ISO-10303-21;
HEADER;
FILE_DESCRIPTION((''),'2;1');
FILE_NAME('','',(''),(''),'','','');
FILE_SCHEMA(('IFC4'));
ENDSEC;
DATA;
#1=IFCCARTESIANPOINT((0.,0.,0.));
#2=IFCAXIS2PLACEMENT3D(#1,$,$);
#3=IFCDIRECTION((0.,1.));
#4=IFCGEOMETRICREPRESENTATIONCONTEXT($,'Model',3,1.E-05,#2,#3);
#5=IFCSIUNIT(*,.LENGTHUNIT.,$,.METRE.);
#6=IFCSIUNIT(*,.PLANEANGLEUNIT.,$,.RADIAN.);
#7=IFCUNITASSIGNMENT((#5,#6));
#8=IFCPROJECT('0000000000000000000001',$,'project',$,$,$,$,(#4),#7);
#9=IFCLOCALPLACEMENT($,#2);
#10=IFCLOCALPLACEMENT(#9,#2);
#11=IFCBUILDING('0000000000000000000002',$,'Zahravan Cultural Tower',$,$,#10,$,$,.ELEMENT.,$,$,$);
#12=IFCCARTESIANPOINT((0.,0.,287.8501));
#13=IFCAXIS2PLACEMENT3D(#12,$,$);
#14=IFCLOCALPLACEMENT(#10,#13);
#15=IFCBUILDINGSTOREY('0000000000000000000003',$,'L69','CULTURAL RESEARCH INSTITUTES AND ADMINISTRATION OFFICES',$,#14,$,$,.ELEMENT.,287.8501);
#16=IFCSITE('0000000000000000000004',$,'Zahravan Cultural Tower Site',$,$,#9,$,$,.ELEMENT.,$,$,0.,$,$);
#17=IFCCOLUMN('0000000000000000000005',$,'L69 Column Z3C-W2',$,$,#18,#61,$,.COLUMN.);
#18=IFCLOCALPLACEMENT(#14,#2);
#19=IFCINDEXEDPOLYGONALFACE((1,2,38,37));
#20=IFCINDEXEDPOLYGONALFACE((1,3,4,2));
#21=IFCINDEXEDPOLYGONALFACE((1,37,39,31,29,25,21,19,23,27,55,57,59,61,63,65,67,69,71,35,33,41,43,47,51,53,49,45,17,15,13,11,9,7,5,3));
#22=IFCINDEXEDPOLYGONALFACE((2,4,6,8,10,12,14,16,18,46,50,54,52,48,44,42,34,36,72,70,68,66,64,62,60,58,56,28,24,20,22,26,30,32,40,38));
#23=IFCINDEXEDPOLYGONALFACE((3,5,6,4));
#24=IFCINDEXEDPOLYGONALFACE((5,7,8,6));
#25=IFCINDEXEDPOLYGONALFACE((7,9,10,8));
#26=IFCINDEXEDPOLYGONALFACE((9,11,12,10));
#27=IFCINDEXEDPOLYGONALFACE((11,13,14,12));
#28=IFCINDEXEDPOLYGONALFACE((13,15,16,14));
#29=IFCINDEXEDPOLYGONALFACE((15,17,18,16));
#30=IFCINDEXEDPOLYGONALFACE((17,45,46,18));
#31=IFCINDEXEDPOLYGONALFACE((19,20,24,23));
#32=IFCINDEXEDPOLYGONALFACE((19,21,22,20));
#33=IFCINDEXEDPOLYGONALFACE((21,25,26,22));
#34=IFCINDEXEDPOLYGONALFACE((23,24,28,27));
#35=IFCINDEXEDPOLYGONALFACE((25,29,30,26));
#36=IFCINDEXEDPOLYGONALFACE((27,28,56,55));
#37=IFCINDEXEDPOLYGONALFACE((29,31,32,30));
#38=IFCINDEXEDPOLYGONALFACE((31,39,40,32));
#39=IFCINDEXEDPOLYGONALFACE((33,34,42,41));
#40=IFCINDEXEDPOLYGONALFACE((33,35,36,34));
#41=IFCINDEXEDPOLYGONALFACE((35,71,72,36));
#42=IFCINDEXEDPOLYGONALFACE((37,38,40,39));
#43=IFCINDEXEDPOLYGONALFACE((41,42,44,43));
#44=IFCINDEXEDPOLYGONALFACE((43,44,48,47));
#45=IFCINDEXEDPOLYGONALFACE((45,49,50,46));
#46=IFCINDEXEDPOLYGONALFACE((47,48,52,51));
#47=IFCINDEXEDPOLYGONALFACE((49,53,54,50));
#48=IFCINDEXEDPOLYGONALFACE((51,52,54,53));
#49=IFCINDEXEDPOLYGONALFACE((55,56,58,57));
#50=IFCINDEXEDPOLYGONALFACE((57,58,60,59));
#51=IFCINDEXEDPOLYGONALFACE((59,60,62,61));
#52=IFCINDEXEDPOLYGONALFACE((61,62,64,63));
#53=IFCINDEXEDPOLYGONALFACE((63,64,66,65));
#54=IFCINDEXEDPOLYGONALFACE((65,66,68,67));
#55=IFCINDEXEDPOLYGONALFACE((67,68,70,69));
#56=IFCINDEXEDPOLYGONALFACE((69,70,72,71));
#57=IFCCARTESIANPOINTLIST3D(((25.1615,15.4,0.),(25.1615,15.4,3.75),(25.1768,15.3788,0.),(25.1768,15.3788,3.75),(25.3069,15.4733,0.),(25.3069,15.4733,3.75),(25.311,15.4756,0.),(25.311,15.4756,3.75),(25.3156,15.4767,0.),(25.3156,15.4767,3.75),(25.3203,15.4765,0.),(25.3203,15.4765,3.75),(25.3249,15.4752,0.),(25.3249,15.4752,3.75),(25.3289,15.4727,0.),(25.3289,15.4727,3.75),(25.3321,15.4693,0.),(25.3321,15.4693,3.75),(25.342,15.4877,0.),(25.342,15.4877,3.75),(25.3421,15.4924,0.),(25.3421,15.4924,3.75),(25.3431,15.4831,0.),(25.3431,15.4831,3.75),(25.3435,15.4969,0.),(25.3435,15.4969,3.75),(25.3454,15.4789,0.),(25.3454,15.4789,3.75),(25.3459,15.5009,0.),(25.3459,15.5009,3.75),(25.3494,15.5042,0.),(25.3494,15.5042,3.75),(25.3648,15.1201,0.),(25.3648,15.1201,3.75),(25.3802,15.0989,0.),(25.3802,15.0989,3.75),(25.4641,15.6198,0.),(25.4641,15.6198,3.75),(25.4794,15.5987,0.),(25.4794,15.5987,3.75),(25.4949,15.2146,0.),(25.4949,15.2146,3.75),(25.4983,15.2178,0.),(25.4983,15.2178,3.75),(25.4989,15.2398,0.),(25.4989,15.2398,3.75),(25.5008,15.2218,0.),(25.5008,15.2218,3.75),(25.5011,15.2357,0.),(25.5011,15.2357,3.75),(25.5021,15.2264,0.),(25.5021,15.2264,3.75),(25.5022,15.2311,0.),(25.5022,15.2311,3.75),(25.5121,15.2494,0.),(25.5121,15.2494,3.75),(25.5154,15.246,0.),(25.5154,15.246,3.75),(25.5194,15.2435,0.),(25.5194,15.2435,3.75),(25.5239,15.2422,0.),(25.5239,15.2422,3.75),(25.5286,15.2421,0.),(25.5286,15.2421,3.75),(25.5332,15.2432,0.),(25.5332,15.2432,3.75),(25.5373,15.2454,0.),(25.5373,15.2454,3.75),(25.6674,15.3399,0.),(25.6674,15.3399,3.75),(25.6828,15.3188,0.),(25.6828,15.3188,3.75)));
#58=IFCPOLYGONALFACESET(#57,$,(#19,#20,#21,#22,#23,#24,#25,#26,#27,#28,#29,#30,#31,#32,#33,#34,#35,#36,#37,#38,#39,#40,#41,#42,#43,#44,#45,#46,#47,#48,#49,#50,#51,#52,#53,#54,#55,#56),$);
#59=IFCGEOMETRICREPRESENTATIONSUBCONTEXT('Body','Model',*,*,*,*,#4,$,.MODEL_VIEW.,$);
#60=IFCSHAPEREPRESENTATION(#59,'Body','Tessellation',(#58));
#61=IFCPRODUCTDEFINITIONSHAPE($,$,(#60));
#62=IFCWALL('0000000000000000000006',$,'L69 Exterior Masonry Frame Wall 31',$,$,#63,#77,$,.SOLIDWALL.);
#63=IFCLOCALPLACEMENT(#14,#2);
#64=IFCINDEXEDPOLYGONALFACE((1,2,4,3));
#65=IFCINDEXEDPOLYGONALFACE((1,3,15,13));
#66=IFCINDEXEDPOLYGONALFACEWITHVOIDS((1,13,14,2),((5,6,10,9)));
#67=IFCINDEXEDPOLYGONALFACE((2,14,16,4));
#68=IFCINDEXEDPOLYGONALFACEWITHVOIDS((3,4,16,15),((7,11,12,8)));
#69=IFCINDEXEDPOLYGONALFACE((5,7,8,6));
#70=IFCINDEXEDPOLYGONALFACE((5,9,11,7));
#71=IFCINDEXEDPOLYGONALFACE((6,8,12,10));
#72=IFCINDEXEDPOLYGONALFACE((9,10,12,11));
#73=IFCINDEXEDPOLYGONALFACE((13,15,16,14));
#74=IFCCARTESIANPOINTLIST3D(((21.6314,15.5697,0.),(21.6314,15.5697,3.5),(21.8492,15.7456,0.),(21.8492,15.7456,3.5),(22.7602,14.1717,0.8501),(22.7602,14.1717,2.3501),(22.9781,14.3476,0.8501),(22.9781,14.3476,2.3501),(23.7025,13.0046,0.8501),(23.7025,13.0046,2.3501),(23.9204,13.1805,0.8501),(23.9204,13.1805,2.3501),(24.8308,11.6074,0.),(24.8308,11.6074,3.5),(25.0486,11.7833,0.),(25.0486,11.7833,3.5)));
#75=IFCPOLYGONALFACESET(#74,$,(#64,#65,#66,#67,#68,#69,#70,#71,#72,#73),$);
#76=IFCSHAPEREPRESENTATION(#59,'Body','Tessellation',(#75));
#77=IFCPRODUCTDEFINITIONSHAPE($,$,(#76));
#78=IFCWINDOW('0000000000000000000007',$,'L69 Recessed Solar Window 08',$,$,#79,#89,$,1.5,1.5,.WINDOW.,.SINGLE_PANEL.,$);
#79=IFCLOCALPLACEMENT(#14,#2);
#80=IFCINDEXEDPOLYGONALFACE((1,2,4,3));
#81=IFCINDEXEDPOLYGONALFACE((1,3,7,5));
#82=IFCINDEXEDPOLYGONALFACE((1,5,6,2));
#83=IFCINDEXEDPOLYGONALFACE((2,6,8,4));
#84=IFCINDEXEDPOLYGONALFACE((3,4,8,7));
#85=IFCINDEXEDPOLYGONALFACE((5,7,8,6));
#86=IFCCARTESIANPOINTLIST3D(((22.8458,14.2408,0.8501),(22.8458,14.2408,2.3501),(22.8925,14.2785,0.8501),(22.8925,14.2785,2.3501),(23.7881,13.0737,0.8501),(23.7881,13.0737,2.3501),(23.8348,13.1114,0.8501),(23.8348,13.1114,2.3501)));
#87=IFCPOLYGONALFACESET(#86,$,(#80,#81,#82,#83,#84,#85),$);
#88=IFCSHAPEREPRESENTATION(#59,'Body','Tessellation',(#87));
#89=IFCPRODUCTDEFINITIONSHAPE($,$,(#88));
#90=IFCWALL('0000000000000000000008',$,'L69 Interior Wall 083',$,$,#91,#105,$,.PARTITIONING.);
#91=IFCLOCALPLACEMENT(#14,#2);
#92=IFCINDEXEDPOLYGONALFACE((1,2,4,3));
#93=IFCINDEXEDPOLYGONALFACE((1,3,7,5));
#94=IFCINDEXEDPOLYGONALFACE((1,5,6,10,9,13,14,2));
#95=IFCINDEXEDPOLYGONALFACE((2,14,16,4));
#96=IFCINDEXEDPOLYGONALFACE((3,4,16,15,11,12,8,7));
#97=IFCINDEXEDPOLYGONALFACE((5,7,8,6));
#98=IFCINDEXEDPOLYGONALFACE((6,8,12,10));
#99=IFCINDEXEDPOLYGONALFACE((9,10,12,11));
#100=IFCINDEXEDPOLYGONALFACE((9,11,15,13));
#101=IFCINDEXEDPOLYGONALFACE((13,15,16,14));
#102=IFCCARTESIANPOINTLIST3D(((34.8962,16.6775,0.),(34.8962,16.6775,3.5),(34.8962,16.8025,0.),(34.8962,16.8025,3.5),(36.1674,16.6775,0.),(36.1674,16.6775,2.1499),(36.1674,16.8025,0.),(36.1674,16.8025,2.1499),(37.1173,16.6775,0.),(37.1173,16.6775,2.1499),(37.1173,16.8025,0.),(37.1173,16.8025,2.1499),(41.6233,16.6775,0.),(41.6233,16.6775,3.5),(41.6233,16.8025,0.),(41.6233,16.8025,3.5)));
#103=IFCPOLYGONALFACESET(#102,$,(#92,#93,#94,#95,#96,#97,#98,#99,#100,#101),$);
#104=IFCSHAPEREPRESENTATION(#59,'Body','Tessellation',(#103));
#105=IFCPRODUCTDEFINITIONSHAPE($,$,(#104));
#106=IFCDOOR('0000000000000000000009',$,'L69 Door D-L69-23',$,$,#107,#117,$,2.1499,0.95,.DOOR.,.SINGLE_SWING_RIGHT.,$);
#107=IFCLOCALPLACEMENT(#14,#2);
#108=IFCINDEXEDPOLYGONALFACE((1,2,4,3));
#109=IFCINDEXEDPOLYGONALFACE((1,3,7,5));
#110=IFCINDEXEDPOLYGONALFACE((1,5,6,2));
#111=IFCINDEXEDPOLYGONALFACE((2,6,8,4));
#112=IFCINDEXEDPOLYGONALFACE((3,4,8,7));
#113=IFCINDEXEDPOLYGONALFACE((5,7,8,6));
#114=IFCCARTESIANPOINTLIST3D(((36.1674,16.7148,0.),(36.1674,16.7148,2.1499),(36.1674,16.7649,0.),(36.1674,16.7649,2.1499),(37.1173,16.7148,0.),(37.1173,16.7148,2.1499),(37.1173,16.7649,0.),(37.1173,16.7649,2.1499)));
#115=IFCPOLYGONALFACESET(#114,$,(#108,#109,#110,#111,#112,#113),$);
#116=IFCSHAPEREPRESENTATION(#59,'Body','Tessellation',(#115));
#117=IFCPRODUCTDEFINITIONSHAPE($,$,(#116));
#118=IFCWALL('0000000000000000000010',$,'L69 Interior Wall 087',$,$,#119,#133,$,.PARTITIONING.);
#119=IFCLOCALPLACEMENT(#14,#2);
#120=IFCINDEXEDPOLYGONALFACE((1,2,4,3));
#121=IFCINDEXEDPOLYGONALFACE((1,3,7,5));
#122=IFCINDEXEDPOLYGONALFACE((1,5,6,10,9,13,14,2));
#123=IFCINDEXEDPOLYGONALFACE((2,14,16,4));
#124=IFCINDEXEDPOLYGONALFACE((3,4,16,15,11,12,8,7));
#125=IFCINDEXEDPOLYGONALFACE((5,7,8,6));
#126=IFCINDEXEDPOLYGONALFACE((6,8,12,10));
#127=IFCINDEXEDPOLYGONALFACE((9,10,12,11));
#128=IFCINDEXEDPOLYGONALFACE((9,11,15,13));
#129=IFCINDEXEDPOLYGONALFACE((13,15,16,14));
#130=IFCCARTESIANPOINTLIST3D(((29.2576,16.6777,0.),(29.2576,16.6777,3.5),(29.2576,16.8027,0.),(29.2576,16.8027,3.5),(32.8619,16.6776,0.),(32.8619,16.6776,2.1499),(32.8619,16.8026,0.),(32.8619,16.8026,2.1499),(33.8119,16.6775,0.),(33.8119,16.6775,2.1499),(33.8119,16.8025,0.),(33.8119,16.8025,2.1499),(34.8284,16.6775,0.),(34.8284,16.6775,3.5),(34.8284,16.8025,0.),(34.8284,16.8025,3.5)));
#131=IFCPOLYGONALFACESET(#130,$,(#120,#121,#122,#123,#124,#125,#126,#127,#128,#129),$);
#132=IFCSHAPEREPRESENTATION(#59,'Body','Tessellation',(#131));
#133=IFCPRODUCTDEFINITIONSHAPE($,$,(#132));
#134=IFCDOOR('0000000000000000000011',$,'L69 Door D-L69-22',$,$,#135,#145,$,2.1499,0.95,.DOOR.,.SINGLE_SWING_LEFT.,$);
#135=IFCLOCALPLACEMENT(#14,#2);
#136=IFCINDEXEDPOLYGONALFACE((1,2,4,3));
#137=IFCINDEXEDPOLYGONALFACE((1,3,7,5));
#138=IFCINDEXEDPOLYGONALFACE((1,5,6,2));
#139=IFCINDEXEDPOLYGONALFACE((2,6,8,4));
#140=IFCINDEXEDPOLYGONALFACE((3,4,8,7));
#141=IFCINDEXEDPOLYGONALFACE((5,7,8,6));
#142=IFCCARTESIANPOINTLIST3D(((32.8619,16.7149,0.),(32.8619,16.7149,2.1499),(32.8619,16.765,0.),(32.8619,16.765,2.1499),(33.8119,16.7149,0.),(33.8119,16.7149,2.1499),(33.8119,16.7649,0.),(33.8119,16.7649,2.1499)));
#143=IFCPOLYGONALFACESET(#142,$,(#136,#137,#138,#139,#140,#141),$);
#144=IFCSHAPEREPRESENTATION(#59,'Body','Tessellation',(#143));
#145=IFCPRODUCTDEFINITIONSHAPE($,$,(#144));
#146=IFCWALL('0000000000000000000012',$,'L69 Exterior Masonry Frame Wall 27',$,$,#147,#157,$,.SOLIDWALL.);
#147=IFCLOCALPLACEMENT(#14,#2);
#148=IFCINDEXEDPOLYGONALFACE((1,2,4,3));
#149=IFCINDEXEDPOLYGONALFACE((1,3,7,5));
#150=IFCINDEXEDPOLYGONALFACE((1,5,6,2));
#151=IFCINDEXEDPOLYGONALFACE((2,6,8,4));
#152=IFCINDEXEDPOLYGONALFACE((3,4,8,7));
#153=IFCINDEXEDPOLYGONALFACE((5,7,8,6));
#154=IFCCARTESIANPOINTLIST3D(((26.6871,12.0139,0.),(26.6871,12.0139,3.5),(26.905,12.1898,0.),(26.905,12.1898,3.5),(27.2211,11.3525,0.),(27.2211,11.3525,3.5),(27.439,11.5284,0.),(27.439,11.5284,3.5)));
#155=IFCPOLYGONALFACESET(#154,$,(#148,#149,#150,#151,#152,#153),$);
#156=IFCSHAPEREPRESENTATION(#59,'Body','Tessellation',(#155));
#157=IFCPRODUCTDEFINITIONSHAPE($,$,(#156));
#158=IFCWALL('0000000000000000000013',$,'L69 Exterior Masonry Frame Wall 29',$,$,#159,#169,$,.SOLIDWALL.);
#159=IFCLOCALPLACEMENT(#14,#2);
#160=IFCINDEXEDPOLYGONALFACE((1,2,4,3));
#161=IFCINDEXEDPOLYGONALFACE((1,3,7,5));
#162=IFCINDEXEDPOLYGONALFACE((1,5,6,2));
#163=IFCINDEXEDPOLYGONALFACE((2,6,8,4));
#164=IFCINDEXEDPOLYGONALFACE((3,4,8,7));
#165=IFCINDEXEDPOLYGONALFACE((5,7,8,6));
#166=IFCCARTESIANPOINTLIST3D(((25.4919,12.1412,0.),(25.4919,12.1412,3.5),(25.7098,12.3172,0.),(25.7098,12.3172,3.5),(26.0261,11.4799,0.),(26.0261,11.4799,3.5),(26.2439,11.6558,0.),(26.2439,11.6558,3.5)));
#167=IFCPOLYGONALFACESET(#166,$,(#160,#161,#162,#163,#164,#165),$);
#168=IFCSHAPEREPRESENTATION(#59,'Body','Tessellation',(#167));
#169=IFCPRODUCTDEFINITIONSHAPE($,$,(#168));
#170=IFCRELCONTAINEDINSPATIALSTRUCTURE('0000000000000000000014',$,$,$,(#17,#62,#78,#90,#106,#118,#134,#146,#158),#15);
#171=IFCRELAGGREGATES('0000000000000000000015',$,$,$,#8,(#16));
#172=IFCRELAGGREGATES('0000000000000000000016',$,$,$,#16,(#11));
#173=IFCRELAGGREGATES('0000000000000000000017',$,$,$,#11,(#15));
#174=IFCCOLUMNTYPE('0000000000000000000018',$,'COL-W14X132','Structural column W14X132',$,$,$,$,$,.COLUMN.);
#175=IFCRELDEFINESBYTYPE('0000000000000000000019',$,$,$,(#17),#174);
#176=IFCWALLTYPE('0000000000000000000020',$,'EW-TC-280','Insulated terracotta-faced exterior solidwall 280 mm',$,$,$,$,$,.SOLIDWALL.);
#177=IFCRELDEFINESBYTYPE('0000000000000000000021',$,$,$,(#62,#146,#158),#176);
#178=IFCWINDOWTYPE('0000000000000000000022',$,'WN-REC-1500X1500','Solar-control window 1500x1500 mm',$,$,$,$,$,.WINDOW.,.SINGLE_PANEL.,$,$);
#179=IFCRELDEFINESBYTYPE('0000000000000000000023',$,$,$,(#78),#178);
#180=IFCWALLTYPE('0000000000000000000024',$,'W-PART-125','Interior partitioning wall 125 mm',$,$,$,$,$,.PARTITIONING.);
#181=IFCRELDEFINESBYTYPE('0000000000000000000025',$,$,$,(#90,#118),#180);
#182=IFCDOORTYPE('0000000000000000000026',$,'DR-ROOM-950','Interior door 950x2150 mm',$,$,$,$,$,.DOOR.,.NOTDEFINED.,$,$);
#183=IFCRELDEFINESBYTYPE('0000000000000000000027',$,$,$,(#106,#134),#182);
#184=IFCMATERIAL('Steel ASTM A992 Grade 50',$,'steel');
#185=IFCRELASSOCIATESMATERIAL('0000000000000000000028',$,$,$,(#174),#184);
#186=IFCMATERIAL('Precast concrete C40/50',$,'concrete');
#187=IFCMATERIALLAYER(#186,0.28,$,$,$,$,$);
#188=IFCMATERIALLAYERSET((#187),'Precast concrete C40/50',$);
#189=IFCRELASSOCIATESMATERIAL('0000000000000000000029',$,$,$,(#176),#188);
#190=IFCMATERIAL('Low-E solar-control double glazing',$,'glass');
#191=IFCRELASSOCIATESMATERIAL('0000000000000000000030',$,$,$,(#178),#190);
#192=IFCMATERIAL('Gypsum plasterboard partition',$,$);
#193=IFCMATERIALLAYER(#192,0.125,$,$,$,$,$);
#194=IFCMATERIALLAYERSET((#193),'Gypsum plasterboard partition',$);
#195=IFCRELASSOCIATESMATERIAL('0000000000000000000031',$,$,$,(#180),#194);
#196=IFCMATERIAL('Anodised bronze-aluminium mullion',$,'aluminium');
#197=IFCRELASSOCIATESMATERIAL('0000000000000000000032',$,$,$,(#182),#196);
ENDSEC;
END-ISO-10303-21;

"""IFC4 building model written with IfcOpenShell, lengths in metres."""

from ifc_helpers import new_model, si_unit, direction, frame, frame_2d, origin, origin_2d, place, context, subcontext, project, spatial, rectangle, i_section, extrude, source, transform, mapped, material, layer, layer_set, material_profile, profile_set, type_object, element, fill, save


model = new_model("IFC4")

# Units and contexts
model_context = context("Model", 3, precision=1e-05, world=origin(), true_north=direction((0.0, 1.0)))
body_context = subcontext(model_context, "Body", "Model", "MODEL_VIEW")
ifc_project = project(units=[si_unit("LENGTHUNIT", "METRE"), si_unit("PLANEANGLEUNIT", "RADIAN")], contexts=[model_context])

# Site, building, storey
site_placement = place(None, origin())
site = spatial("IfcSite", under=ifc_project, at=site_placement, Name="Zahravan Cultural Tower Site", CompositionType="ELEMENT", RefElevation=0.0)
building_placement = place(site_placement, origin())
building = spatial("IfcBuilding", under=site, at=building_placement, Name="Zahravan Cultural Tower", CompositionType="ELEMENT")
storey_placement = place(building_placement, frame((0.0, 0.0, 287.8501)))
storey = spatial("IfcBuildingStorey", under=building, at=storey_placement, Name="L69", Description="CULTURAL RESEARCH INSTITUTES AND ADMINISTRATION OFFICES", CompositionType="ELEMENT", Elevation=287.8501)

# Column
ifc_material_1 = material(Name="Steel ASTM A992 Grade 50", Category="steel")
ifc_material_profile = material_profile(ifc_material_1, i_section(OverallWidth=0.374, OverallDepth=0.3721, WebThickness=0.0164, FlangeThickness=0.0261, FilletRadius=0.0181, at=origin_2d()), Name="W14X132")
ifc_profile_set = profile_set([ifc_material_profile], Name="Steel ASTM A992 Grade 50")
column_type = type_object("IfcColumnType", Name="COL-W14X132", Description="Structural column W14X132", PredefinedType="COLUMN", material=ifc_profile_set)
shared_shape_1 = source(origin(), body_context, "Body", "SweptSolid", [
    extrude(i_section(OverallWidth=0.374, OverallDepth=0.3721, WebThickness=0.0164, FlangeThickness=0.0261, FilletRadius=0.0181, at=origin_2d()), origin(), (0.0, 0.0, 1.0), 3.75),
])
column_placement = place(storey_placement, frame((25.4221, 15.3594, 0.0), z_axis=(0.0, 0.0, 1.0), x_axis=(0.809017, 0.587785, 0.0)))
element("IfcColumn", 1, at=column_placement, inside=storey, type_object=column_type, Name="L69 Column Z3C-W2", PredefinedType="COLUMN", context=body_context, shape_type="MappedRepresentation", body=[
    mapped(shared_shape_1, transform((0.0, 0.0, 0.0), x_axis=(1.0, 0.0, 0.0), y_axis=(0.0, 1.0, 0.0), z_axis=(0.0, 0.0, 1.0), scale=1.0)),
])

# Shared definitions
ifc_material_2 = material(Name="Precast concrete C40/50", Category="concrete")
ifc_layer_1 = layer(ifc_material_2, 0.28)
ifc_layer_set_1 = layer_set([ifc_layer_1], Name="Precast concrete C40/50")
wall_type_1 = type_object("IfcWallType", Name="EW-TC-280", Description="Insulated terracotta-faced exterior solidwall 280 mm", PredefinedType="SOLIDWALL", material=ifc_layer_set_1)
ifc_material_3 = material(Name="Anodised bronze-aluminium mullion", Category="aluminium")

# Wall, opening, window
wall_1_placement = place(storey_placement, frame((24.9397, 11.6953, 0.0), z_axis=(0.0, 0.0, 1.0), x_axis=(-0.628226, 0.778031, 0.0)))
wall_1 = element("IfcWall", 2, at=wall_1_placement, inside=storey, type_object=wall_type_1, Name="L69 Exterior Masonry Frame Wall 31", PredefinedType="SOLIDWALL", context=body_context, shape_type="SweptSolid", body=[
    extrude(rectangle(XDim=5.0928, YDim=0.28, at=frame_2d((2.5464, 0.0))), origin(), (0.0, 0.0, 1.0), 3.5),
])
opening_1_placement = place(wall_1_placement, frame((1.7959, 0.0, 0.8501)))
opening_1 = element("IfcOpeningElement", 3, at=opening_1_placement, cuts=wall_1, PredefinedType="OPENING", context=body_context, shape_type="SweptSolid", body=[
    extrude(rectangle(XDim=1.5, YDim=1.5, at=frame_2d((0.75, 0.75))), frame((0.0, 0.1499, 0.0), z_axis=(0.0, -1.0, 0.0), x_axis=(1.0, 0.0, 0.0)), (0.0, 0.0, 1.0), 0.3),
])
ifc_material_4 = material(Name="Low-E solar-control double glazing", Category="glass")
window_type = type_object("IfcWindowType", Name="WN-REC-1500X1500", Description="Solar-control window 1500x1500 mm", PartitioningType="SINGLE_PANEL", PredefinedType="WINDOW", material=ifc_material_4)
shared_shape_2 = source(origin(), body_context, "Body", "SweptSolid", [
    extrude(rectangle(XDim=1.5, YDim=1.5, at=frame_2d((0.75, 0.75))), frame((0.0, 0.03, 0.0), z_axis=(0.0, -1.0, 0.0), x_axis=(1.0, 0.0, 0.0)), (0.0, 0.0, 1.0), 0.0601),
])
window_placement = place(opening_1_placement, origin())
window = element("IfcWindow", 4, at=window_placement, inside=storey, type_object=window_type, Name="L69 Recessed Solar Window 08", OverallHeight=1.5, OverallWidth=1.5, PartitioningType="SINGLE_PANEL", PredefinedType="WINDOW", context=body_context, shape_type="MappedRepresentation", body=[
    mapped(shared_shape_2, transform((0.0, 0.0, 0.0), x_axis=(1.0, 0.0, 0.0), y_axis=(0.0, 1.0, 0.0), z_axis=(0.0, 0.0, 1.0), scale=1.0)),
])
fill(opening_1, window)

# Walls, openings, doors
ifc_material_5 = material(Name="Gypsum plasterboard partition")
ifc_layer_2 = layer(ifc_material_5, 0.125)
ifc_layer_set_2 = layer_set([ifc_layer_2], Name="Gypsum plasterboard partition")
wall_type_2 = type_object("IfcWallType", Name="W-PART-125", Description="Interior partitioning wall 125 mm", PredefinedType="PARTITIONING", material=ifc_layer_set_2)
wall_2_placement = place(storey_placement, frame((34.8962, 16.74, 0.0), z_axis=(0.0, 0.0, 1.0), x_axis=(1.0, 0.0, 0.0)))
wall_2 = element("IfcWall", 5, at=wall_2_placement, inside=storey, type_object=wall_type_2, Name="L69 Interior Wall 083", PredefinedType="PARTITIONING", context=body_context, shape_type="SweptSolid", body=[
    extrude(rectangle(XDim=6.7271, YDim=0.125, at=frame_2d((3.3635, 0.0))), origin(), (0.0, 0.0, 1.0), 3.5),
])
opening_2_placement = place(wall_2_placement, frame((1.271, 0.0, 0.0)))
opening_2 = element("IfcOpeningElement", 6, at=opening_2_placement, cuts=wall_2, PredefinedType="OPENING", context=body_context, shape_type="SweptSolid", body=[
    extrude(rectangle(XDim=0.95, YDim=2.1499, at=frame_2d((0.4751, 1.075))), frame((0.0, 0.0725, 0.0), z_axis=(0.0, -1.0, 0.0), x_axis=(1.0, 0.0, 0.0)), (0.0, 0.0, 1.0), 0.145),
])
door_type_1 = type_object("IfcDoorType", Name="DR-ROOM-950", Description="Interior door 950x2150 mm", OperationType="NOTDEFINED", PredefinedType="DOOR", material=ifc_material_3)
shared_shape_3 = source(origin(), body_context, "Body", "SweptSolid", [
    extrude(rectangle(XDim=0.95, YDim=2.1499, at=frame_2d((0.4751, 1.075))), frame((0.0, 0.0249, 0.0), z_axis=(0.0, -1.0, 0.0), x_axis=(1.0, 0.0, 0.0)), (0.0, 0.0, 1.0), 0.05),
])
door_1_placement = place(opening_2_placement, origin())
door_1 = element("IfcDoor", 7, at=door_1_placement, inside=storey, type_object=door_type_1, Name="L69 Door D-L69-23", OperationType="SINGLE_SWING_RIGHT", OverallHeight=2.1499, OverallWidth=0.95, PredefinedType="DOOR", context=body_context, shape_type="MappedRepresentation", body=[
    mapped(shared_shape_3, transform((0.0, 0.0, 0.0), x_axis=(1.0, 0.0, 0.0), y_axis=(0.0, 1.0, 0.0), z_axis=(0.0, 0.0, 1.0), scale=1.0)),
])
fill(opening_2, door_1)
wall_3_placement = place(storey_placement, frame((29.2576, 16.7402, 0.0), z_axis=(0.0, 0.0, 1.0), x_axis=(1.0, -0.000044, 0.0)))
wall_3 = element("IfcWall", 8, at=wall_3_placement, inside=storey, type_object=wall_type_2, Name="L69 Interior Wall 087", PredefinedType="PARTITIONING", context=body_context, shape_type="SweptSolid", body=[
    extrude(rectangle(XDim=5.5708, YDim=0.125, at=frame_2d((2.7854, 0.0))), origin(), (0.0, 0.0, 1.0), 3.5),
])
opening_3_placement = place(wall_3_placement, frame((3.6042, 0.0, 0.0)))
opening_3 = element("IfcOpeningElement", 9, at=opening_3_placement, cuts=wall_3, PredefinedType="OPENING", context=body_context, shape_type="SweptSolid", body=[
    extrude(rectangle(XDim=0.95, YDim=2.1499, at=frame_2d((0.4751, 1.075))), frame((0.0, 0.0725, 0.0), z_axis=(0.0, -1.0, 0.0), x_axis=(1.0, 0.0, 0.0)), (0.0, 0.0, 1.0), 0.145),
])
door_2_placement = place(opening_3_placement, origin())
door_2 = element("IfcDoor", 10, at=door_2_placement, inside=storey, type_object=door_type_1, Name="L69 Door D-L69-22", OperationType="SINGLE_SWING_LEFT", OverallHeight=2.1499, OverallWidth=0.95, PredefinedType="DOOR", context=body_context, shape_type="MappedRepresentation", body=[
    mapped(shared_shape_3, transform((0.0, 0.0, 0.0), x_axis=(1.0, 0.0, 0.0), y_axis=(0.0, 1.0, 0.0), z_axis=(0.0, 0.0, 1.0), scale=1.0)),
])
fill(opening_3, door_2)

# Walls
shared_shape_4 = source(origin(), body_context, "Body", "SweptSolid", [
    extrude(rectangle(XDim=0.8501, YDim=0.28, at=frame_2d((0.425, 0.0))), origin(), (0.0, 0.0, 1.0), 3.5),
])
for number, where, z_axis, x_axis, name in (
    (11, (27.3301, 11.4404, 0.0), (0.0, 0.0, 1.0), (-0.628157, 0.778087, 0.0), "L69 Exterior Masonry Frame Wall 27"),
    (12, (26.135, 11.5679, 0.0), (0.0, 0.0, 1.0), (-0.62833, 0.777947, 0.0), "L69 Exterior Masonry Frame Wall 29"),
):
    element("IfcWall", number, at=place(storey_placement, frame(where, z_axis=z_axis, x_axis=x_axis)), inside=storey, type_object=wall_type_1, Name=name, PredefinedType="SOLIDWALL", context=body_context, shape_type="MappedRepresentation", body=[
        mapped(shared_shape_4, transform((0.0, 0.0, 0.0), x_axis=(1.0, 0.0, 0.0), y_axis=(0.0, 1.0, 0.0), z_axis=(0.0, 0.0, 1.0), scale=1.0)),
    ])

save(model, "model.ifc")
